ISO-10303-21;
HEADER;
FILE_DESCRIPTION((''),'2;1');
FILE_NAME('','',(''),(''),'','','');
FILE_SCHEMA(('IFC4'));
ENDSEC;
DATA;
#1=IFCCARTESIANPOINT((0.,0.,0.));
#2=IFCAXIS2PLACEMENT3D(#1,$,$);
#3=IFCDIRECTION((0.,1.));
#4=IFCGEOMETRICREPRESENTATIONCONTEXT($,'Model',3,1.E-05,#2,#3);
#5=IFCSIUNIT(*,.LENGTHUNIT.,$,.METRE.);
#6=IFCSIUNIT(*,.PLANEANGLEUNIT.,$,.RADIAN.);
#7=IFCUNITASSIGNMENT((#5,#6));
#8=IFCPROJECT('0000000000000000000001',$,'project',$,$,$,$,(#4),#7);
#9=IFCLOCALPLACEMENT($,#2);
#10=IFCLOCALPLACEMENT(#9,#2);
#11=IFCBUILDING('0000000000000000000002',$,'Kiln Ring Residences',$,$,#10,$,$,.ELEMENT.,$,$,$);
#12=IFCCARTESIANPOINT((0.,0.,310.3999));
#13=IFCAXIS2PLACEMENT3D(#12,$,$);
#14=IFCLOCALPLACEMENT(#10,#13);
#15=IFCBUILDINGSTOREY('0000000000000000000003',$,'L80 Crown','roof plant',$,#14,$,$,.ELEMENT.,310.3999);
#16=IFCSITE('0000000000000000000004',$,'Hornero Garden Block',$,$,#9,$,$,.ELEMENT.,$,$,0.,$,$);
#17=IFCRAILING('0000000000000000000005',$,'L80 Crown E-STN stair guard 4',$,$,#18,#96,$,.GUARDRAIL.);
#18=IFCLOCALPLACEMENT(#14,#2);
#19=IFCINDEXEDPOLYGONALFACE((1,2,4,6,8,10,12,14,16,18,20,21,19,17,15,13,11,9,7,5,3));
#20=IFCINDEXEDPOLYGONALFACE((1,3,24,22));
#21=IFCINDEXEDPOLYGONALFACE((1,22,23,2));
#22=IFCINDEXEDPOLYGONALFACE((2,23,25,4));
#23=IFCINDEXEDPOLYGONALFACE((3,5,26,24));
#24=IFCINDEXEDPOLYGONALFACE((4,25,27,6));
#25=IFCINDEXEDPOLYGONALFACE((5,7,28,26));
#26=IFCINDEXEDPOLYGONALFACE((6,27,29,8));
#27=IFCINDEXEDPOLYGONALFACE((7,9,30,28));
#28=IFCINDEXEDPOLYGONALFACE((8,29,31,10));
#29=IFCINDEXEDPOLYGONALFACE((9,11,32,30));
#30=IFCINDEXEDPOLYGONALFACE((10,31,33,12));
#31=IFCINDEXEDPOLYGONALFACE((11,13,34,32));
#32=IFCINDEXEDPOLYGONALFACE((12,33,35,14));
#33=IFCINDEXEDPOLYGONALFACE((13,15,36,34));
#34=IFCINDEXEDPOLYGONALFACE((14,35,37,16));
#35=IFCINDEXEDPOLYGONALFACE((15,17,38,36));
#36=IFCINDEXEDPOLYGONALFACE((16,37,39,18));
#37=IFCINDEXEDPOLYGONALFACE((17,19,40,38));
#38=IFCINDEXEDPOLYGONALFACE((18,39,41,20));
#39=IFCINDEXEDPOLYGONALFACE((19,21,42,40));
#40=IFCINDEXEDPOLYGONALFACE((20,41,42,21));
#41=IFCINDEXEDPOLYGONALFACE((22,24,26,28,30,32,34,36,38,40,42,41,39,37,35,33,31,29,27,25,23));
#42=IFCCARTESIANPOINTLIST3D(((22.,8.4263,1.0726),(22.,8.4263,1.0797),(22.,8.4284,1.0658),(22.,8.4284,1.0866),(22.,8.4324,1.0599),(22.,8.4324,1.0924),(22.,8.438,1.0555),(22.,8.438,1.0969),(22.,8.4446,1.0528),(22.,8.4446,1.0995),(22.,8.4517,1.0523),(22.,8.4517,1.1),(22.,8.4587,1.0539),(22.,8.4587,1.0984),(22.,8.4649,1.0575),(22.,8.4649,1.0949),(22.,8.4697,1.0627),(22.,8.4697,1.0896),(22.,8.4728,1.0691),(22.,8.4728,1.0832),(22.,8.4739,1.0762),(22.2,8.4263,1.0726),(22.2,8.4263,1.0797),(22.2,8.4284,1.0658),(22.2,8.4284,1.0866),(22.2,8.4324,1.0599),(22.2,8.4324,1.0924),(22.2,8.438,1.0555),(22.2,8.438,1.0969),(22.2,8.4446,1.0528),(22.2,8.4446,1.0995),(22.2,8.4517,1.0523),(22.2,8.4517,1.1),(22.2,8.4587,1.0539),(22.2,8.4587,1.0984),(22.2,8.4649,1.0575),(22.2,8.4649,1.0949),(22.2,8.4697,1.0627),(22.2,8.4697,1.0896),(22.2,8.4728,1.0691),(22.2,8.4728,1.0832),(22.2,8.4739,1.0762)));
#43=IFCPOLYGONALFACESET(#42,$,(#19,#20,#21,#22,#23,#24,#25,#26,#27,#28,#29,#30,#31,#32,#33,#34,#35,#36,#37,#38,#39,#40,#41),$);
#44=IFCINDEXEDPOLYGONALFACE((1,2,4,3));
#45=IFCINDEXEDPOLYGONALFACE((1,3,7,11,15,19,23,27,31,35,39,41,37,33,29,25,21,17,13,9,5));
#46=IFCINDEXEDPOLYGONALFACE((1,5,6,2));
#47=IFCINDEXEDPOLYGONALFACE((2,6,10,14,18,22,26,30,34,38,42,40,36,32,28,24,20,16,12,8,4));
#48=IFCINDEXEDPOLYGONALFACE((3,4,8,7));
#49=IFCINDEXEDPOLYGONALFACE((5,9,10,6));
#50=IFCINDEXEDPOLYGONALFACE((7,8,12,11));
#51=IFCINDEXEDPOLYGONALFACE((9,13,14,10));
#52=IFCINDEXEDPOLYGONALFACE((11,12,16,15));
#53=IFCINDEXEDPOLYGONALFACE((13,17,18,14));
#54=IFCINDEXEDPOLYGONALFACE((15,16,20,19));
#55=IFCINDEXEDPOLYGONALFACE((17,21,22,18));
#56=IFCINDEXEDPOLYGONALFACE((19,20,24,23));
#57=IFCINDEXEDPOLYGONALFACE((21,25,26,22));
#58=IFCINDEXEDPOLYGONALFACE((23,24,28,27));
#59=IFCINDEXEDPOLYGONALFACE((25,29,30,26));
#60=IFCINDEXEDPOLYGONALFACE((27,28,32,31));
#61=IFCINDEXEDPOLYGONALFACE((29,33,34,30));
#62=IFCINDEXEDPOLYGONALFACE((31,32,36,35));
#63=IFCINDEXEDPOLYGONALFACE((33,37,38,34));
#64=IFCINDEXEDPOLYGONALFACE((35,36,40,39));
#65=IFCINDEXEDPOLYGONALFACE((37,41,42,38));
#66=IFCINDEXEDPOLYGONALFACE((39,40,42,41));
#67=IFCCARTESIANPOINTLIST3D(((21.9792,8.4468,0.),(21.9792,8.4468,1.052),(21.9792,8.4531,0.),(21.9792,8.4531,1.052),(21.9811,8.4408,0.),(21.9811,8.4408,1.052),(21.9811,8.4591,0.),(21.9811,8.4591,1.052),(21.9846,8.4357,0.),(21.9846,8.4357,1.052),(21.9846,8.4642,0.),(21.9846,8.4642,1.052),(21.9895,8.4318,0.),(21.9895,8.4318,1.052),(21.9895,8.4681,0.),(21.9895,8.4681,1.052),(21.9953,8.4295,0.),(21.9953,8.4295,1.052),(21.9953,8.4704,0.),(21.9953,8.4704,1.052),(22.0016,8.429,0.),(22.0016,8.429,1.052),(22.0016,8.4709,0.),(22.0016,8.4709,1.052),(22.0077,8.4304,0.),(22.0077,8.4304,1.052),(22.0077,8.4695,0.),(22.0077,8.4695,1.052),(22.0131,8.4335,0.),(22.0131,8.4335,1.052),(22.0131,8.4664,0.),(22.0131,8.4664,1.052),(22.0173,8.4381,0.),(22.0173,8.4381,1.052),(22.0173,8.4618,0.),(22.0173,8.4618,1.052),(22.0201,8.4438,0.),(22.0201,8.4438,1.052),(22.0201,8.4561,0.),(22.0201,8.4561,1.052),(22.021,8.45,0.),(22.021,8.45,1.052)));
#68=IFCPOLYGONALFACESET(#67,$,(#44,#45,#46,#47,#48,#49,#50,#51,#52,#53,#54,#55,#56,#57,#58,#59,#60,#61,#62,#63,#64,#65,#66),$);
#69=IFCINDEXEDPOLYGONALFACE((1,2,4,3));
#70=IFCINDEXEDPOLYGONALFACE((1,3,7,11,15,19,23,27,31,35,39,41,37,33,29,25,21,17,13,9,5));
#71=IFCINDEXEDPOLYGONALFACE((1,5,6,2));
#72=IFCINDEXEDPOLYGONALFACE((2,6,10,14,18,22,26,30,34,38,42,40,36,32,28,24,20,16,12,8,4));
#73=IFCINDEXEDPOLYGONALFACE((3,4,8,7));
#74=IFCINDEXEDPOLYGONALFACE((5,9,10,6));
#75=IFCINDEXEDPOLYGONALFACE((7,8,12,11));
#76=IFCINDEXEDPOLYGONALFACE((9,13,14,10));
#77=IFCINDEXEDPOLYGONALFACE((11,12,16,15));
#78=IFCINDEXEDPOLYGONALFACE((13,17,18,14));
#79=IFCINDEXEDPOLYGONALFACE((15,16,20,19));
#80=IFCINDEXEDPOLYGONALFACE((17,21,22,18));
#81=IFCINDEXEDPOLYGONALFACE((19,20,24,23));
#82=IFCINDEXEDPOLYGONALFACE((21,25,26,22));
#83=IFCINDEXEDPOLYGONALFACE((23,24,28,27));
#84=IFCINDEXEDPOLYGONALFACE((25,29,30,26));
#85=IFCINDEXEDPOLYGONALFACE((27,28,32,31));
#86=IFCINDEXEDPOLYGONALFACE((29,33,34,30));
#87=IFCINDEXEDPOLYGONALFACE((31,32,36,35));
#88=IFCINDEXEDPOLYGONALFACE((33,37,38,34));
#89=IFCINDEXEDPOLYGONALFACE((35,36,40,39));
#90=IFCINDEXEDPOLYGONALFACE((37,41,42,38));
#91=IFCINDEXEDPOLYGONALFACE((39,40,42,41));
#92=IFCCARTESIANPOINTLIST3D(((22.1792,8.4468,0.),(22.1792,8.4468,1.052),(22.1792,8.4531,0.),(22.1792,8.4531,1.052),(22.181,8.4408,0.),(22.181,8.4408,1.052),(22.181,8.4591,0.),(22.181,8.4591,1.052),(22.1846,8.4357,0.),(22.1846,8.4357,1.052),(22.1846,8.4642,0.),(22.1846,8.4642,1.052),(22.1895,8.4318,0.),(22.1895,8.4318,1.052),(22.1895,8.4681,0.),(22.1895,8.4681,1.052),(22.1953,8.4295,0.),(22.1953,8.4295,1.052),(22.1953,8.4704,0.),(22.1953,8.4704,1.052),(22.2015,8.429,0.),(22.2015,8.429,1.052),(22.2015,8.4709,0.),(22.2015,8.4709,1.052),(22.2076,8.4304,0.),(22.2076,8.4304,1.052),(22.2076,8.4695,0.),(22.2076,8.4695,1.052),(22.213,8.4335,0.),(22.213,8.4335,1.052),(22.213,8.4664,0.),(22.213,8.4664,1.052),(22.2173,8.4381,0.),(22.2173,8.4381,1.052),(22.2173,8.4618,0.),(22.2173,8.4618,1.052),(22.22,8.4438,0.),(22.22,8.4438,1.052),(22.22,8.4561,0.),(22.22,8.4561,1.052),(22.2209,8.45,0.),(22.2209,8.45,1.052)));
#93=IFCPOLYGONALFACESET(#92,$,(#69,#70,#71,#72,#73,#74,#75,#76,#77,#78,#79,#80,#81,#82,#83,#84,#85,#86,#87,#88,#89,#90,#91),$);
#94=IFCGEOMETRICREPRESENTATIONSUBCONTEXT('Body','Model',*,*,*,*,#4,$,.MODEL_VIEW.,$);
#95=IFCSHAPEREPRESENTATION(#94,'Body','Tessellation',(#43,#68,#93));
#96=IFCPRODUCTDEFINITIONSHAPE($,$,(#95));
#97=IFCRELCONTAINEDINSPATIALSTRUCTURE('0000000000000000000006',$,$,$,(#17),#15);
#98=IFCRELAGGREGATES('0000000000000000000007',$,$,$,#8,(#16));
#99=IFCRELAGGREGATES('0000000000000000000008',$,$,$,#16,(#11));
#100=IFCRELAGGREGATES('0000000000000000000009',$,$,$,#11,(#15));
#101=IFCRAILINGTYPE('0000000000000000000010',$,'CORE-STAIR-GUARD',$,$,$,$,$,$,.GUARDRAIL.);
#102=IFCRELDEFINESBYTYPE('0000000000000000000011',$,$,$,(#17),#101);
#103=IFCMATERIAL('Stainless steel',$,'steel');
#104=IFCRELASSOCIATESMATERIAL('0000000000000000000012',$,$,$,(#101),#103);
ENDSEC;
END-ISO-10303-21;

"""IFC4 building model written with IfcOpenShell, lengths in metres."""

from ifc_helpers import new_model, si_unit, direction, frame, origin, origin_2d, place, context, subcontext, project, spatial, circle, extrude, material, type_object, element, save


model = new_model("IFC4")

# Units and contexts
model_context = context("Model", 3, precision=1e-05, world=origin(), true_north=direction((0.0, 1.0)))
body_context = subcontext(model_context, "Body", "Model", "MODEL_VIEW")
ifc_project = project(units=[si_unit("LENGTHUNIT", "METRE"), si_unit("PLANEANGLEUNIT", "RADIAN")], contexts=[model_context])

# Site, building, storey
site_placement = place(None, origin())
site = spatial("IfcSite", under=ifc_project, at=site_placement, Name="Hornero Garden Block", CompositionType="ELEMENT", RefElevation=0.0)
building_placement = place(site_placement, origin())
building = spatial("IfcBuilding", under=site, at=building_placement, Name="Kiln Ring Residences", CompositionType="ELEMENT")
storey_placement = place(building_placement, frame((0.0, 0.0, 310.3999)))
storey = spatial("IfcBuildingStorey", under=building, at=storey_placement, Name="L80 Crown", Description="roof plant", CompositionType="ELEMENT", Elevation=310.3999)

# Railing
ifc_material_1 = material(Name="Stainless steel", Category="steel")
railing_type_1 = type_object("IfcRailingType", Name="CORE-STAIR-GUARD", PredefinedType="GUARDRAIL", material=ifc_material_1)
railing_1_placement = place(storey_placement, frame((22.0, 8.45, 0.0)))
element("IfcRailing", 1, at=railing_1_placement, inside=storey, type_object=railing_type_1, Name="L80 Crown E-STN stair guard 4", PredefinedType="GUARDRAIL", context=body_context, shape_type="SweptSolid", body=[
    extrude(circle(Radius=0.0239, at=origin_2d()), frame((0.0, 0.0, 1.0762), z_axis=(1.0, 0.0, 0.0), x_axis=(0.0, 1.0, 0.0)), (0.0, 0.0, 1.0), 0.2),
    extrude(circle(Radius=0.021, at=origin_2d()), origin(), (0.0, 0.0, 1.0), 1.052),
    extrude(circle(Radius=0.021, at=origin_2d()), frame((0.2, 0.0, 0.0)), (0.0, 0.0, 1.0), 1.052),
])

save(model, "model.ifc")
